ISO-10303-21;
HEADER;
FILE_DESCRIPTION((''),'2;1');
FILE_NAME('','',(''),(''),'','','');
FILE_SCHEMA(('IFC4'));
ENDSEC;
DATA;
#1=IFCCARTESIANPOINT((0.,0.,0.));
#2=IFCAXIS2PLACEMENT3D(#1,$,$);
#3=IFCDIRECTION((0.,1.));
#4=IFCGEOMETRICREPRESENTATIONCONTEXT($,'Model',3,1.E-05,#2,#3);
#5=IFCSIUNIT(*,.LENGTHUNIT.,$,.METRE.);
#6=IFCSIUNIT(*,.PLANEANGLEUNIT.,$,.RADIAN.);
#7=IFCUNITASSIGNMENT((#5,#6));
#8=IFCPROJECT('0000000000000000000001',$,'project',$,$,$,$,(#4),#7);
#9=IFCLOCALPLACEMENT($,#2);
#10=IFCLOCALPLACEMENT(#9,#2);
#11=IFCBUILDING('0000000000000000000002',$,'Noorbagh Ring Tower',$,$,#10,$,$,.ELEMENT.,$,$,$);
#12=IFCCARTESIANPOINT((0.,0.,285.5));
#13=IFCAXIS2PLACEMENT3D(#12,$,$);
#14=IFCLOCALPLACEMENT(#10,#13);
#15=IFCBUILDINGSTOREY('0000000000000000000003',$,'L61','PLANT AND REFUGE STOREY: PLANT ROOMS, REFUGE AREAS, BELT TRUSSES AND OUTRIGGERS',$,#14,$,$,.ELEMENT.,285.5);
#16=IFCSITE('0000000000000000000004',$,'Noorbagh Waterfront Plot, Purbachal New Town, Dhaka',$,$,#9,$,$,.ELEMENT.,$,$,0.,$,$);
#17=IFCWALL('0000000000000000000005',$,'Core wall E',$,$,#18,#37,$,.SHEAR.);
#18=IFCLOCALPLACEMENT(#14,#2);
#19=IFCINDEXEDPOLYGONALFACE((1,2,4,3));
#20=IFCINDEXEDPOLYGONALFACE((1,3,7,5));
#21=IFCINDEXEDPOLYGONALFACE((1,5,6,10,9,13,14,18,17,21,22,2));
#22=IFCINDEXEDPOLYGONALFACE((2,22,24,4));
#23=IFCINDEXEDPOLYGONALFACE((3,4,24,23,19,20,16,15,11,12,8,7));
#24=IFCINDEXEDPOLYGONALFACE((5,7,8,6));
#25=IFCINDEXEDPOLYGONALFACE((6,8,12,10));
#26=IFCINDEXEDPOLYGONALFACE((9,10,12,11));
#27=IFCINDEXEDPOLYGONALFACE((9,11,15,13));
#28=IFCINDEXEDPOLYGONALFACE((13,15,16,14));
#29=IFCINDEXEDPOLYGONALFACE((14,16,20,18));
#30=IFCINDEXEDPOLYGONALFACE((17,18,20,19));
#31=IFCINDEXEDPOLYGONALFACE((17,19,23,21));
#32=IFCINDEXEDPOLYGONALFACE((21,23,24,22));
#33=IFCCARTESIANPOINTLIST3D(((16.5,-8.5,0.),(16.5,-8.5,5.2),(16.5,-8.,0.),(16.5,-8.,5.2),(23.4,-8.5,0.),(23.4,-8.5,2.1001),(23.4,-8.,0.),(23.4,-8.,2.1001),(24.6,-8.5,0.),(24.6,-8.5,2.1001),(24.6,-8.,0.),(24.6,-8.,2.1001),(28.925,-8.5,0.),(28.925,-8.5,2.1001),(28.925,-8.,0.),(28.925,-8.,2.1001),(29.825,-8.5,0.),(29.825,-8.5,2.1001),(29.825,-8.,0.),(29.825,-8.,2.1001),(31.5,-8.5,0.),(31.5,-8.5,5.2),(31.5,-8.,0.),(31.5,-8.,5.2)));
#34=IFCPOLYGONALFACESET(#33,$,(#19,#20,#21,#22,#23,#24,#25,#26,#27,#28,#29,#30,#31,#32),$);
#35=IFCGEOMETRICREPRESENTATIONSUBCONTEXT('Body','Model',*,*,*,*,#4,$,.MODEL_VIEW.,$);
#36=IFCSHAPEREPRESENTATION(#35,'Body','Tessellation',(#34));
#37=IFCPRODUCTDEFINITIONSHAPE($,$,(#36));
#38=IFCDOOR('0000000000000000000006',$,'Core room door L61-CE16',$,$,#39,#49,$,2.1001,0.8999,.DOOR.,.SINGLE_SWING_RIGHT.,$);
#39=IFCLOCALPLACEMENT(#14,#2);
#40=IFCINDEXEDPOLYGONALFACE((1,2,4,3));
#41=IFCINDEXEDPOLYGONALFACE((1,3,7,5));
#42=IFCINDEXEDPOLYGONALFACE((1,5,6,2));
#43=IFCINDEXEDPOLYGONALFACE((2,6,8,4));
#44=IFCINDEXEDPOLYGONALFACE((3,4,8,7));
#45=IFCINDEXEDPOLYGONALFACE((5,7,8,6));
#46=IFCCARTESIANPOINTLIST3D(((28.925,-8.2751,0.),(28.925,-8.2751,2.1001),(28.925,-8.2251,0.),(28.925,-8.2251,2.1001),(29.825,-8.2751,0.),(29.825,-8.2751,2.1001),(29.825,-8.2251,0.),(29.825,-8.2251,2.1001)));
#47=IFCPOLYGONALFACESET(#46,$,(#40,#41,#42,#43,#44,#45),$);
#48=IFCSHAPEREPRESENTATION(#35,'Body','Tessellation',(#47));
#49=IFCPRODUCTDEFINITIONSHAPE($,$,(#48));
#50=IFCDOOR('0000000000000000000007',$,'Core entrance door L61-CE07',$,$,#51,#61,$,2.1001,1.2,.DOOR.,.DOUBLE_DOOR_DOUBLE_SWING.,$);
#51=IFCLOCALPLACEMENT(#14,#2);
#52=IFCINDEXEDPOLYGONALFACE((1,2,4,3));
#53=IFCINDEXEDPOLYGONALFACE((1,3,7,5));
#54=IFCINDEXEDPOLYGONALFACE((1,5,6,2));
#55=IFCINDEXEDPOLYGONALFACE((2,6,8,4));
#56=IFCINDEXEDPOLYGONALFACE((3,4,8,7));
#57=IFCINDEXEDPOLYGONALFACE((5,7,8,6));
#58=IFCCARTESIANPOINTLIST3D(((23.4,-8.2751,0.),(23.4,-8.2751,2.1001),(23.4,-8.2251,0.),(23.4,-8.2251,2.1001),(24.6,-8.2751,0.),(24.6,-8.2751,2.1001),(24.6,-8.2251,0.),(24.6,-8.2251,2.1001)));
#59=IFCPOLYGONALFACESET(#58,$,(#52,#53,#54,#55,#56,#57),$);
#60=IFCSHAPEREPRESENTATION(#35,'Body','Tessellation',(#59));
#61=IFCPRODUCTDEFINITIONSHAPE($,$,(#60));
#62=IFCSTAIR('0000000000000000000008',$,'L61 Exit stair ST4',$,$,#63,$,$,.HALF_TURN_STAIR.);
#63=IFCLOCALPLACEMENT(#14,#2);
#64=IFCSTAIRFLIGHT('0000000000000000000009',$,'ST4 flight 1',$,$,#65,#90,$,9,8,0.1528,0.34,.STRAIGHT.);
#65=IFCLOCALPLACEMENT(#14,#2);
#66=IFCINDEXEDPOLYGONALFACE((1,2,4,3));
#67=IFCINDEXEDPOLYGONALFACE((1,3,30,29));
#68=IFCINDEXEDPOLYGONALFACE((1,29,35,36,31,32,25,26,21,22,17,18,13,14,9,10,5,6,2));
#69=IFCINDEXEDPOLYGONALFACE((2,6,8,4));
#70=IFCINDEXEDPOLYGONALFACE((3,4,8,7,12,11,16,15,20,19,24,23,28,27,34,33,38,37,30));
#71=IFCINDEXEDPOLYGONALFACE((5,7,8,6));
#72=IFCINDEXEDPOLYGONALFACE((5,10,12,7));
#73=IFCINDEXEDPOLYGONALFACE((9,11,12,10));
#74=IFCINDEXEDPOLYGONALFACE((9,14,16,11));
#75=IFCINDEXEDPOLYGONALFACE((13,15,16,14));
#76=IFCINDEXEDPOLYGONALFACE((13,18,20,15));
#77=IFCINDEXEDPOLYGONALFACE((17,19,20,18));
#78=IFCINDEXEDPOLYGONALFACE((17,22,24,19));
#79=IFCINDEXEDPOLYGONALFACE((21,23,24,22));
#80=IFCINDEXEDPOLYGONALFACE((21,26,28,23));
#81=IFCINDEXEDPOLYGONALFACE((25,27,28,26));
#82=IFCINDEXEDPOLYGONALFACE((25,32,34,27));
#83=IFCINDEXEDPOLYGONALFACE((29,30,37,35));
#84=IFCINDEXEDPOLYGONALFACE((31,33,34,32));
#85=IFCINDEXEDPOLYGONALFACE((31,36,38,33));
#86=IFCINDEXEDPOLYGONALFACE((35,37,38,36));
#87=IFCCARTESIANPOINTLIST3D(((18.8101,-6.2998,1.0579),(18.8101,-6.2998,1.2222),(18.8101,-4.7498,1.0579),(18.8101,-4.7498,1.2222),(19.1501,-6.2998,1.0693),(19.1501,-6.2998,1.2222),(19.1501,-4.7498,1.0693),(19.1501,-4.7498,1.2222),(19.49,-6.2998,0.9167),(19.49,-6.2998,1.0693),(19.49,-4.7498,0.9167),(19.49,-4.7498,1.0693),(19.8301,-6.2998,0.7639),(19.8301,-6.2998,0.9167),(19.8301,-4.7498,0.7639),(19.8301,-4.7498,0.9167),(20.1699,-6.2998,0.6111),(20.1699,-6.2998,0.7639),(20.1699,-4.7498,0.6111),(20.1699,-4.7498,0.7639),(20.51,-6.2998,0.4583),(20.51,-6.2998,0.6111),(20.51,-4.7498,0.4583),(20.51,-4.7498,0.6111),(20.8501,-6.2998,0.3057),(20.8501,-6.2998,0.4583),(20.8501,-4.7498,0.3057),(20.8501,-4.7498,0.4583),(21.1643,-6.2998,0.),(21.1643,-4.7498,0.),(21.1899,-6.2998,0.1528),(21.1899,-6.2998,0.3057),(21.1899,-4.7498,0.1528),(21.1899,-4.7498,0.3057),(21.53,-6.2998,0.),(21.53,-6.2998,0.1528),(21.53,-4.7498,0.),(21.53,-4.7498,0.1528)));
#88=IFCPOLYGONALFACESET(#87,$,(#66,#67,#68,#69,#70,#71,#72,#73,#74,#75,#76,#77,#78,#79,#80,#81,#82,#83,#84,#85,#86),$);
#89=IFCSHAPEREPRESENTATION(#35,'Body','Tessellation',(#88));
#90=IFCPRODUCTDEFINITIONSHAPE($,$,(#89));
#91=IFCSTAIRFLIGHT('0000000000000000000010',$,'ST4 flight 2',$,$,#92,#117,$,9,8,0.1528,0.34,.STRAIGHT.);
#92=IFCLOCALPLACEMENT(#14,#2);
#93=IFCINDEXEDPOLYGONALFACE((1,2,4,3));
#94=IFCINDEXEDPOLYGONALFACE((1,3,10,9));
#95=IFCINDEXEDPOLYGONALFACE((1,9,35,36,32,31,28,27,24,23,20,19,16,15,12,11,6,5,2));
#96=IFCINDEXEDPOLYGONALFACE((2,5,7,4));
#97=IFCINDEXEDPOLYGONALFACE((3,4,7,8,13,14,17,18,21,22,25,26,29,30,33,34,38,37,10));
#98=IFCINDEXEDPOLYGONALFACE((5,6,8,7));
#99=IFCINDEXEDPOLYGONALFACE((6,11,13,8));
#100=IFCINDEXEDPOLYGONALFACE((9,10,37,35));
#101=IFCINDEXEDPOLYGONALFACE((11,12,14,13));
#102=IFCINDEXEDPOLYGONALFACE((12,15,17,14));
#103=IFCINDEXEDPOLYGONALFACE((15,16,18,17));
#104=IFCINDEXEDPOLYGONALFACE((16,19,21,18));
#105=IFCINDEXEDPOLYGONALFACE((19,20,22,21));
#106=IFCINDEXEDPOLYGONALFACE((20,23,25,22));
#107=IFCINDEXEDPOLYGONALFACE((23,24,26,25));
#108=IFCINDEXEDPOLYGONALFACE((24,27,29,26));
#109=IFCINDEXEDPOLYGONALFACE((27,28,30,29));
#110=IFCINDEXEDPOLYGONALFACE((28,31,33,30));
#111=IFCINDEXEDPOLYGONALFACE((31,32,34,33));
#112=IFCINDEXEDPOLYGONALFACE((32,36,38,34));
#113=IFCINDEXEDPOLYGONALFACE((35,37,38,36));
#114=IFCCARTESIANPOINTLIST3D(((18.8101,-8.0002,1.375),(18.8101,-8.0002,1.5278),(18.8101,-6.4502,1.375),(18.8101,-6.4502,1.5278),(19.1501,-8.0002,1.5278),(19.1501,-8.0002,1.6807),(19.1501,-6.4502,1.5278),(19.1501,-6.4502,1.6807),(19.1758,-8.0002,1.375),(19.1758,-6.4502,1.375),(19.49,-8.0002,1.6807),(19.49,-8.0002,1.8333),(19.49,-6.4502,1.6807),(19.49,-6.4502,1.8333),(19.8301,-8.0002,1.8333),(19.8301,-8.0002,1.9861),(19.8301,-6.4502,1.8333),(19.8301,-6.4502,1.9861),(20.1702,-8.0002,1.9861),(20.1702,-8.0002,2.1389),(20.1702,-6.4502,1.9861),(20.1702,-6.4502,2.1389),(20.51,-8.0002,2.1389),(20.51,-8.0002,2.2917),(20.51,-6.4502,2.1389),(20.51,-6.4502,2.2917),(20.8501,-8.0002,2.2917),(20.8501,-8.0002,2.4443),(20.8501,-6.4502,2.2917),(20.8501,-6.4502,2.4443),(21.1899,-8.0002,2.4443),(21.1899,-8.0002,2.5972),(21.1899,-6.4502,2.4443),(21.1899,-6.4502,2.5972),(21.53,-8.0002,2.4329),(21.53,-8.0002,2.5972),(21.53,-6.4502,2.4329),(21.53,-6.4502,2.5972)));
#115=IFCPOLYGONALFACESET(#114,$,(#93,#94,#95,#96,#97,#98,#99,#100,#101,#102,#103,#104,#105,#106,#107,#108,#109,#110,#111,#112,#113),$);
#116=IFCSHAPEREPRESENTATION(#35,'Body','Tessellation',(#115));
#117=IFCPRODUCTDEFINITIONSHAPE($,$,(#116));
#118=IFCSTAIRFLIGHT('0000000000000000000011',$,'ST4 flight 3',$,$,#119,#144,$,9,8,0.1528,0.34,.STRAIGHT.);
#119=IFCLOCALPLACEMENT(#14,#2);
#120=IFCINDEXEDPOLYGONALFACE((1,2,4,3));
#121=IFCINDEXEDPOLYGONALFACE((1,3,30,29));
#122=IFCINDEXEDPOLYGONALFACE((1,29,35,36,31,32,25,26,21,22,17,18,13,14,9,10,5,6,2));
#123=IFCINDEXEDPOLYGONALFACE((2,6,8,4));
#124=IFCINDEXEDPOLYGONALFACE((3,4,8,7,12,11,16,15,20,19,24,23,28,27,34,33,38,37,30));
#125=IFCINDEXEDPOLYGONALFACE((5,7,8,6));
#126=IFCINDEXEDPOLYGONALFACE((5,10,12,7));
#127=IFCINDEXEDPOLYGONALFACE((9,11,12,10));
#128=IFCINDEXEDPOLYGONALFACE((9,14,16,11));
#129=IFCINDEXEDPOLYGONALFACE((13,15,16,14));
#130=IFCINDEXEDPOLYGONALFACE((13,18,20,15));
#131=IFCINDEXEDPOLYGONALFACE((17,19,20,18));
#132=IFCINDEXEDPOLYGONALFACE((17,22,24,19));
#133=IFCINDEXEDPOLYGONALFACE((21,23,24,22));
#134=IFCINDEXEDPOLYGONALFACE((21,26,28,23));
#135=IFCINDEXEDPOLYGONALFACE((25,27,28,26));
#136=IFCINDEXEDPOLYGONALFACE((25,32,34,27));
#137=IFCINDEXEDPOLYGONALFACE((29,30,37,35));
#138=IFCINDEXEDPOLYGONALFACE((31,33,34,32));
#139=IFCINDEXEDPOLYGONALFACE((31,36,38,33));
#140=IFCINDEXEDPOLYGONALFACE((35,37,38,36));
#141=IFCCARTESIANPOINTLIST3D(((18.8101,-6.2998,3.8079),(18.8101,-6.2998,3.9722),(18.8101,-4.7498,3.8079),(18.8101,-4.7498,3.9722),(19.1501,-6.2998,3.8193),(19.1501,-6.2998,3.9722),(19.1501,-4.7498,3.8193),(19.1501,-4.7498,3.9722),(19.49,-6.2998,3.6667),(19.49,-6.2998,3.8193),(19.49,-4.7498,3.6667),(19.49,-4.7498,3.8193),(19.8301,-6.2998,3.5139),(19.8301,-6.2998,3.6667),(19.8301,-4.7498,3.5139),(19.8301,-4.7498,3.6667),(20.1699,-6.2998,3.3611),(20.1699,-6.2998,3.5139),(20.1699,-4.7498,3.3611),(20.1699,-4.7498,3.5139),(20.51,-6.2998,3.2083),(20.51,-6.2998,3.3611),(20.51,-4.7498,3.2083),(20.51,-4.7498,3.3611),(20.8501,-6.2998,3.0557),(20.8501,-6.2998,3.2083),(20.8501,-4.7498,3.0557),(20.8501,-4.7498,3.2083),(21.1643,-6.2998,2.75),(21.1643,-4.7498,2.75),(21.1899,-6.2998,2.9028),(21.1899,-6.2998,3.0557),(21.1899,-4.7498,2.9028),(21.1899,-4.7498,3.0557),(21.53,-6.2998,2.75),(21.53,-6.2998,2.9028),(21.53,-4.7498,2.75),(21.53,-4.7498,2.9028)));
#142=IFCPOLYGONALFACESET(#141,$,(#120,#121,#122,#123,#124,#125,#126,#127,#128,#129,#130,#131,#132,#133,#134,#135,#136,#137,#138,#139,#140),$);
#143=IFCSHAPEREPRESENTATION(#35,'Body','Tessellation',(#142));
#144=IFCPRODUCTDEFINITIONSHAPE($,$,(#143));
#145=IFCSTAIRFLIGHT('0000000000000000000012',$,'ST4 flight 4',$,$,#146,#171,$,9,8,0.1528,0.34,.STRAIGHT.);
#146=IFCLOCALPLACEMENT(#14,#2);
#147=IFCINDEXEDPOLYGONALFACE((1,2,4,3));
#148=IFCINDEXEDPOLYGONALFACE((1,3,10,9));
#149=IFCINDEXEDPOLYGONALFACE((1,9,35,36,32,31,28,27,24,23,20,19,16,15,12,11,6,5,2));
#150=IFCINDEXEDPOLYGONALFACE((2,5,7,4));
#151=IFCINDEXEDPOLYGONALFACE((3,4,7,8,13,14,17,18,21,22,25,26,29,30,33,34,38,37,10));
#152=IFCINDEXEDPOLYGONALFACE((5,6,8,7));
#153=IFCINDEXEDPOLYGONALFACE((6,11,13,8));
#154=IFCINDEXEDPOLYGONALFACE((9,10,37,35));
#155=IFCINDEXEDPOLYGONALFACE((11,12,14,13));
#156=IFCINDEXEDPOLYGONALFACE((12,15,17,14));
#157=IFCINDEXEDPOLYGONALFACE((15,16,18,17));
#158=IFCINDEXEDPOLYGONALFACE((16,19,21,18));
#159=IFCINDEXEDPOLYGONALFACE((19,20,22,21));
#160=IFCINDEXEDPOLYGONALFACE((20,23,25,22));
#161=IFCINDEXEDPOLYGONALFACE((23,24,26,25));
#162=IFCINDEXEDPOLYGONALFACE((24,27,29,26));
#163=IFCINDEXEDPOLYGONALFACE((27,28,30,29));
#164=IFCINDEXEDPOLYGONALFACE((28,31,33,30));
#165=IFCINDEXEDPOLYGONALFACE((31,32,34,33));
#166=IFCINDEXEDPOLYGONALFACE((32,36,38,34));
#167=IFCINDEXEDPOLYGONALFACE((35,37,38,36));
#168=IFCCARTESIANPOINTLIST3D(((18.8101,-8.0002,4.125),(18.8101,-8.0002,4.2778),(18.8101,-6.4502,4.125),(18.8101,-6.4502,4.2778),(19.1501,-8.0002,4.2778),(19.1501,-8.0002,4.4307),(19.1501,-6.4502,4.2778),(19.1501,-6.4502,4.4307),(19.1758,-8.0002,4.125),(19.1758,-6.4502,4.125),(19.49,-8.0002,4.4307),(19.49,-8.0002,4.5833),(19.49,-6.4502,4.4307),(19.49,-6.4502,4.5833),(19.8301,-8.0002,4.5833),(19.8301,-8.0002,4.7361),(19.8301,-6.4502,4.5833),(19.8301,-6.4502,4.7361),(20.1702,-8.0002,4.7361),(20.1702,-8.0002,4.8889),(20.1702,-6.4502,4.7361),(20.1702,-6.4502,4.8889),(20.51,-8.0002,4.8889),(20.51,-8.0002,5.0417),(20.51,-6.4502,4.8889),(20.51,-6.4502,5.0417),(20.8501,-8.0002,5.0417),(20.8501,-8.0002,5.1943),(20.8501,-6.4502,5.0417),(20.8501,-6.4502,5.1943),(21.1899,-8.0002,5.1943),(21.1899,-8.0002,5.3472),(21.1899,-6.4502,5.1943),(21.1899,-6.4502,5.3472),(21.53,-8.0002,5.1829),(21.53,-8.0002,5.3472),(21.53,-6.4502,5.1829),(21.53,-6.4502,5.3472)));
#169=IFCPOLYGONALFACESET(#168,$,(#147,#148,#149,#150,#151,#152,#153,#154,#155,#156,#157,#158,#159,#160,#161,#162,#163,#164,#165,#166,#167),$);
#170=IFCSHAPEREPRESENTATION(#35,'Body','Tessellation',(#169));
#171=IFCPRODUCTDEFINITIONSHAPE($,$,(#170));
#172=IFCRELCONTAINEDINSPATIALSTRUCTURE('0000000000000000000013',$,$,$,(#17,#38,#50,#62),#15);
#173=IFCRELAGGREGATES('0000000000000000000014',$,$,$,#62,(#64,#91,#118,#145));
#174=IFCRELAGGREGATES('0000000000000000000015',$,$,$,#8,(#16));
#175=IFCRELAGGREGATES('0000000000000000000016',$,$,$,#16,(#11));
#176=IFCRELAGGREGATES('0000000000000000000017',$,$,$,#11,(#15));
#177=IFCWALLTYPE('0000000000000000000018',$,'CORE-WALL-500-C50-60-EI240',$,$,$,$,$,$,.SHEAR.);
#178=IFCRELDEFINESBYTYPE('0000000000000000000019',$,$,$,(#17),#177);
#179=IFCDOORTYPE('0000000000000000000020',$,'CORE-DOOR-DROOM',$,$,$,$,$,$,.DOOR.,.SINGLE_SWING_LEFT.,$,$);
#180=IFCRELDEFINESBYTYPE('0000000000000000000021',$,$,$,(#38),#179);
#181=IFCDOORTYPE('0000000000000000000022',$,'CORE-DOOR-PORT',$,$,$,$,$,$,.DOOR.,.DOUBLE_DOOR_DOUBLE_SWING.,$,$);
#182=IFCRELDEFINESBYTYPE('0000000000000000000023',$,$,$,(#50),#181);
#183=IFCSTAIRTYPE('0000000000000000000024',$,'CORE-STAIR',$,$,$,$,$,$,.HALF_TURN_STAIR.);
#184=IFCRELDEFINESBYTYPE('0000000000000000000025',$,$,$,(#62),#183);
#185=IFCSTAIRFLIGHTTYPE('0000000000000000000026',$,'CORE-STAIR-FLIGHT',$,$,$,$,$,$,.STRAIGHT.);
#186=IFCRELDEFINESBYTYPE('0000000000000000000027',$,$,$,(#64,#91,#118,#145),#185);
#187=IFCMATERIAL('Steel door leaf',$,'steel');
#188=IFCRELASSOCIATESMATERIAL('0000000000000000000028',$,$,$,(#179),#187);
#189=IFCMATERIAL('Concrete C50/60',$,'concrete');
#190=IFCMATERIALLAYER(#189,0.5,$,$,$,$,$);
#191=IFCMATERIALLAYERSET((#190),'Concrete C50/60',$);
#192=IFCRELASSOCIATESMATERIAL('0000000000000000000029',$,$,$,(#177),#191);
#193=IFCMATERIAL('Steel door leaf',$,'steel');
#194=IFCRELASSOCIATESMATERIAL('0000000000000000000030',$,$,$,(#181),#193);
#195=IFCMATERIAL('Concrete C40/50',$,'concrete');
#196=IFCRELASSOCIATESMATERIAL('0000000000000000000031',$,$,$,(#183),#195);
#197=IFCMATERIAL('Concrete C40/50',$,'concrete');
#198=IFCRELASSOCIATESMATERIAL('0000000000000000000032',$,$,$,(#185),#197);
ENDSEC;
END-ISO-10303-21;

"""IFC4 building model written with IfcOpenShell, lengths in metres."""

from ifc_helpers import new_model, si_unit, direction, frame, frame_2d, origin, place, context, subcontext, project, spatial, polyline, rectangle, outline, extrude, material, layer, layer_set, type_object, element, fill, aggregate, save


model = new_model("IFC4")

# Units and contexts
model_context = context("Model", 3, precision=1e-05, world=origin(), true_north=direction((0.0, 1.0)))
body_context = subcontext(model_context, "Body", "Model", "MODEL_VIEW")
ifc_project = project(units=[si_unit("LENGTHUNIT", "METRE"), si_unit("PLANEANGLEUNIT", "RADIAN")], contexts=[model_context])

# Site, building, storey
site_placement = place(None, origin())
site = spatial("IfcSite", under=ifc_project, at=site_placement, Name="Noorbagh Waterfront Plot, Purbachal New Town, Dhaka", CompositionType="ELEMENT", RefElevation=0.0)
building_placement = place(site_placement, origin())
building = spatial("IfcBuilding", under=site, at=building_placement, Name="Noorbagh Ring Tower", CompositionType="ELEMENT")
storey_placement = place(building_placement, frame((0.0, 0.0, 285.5)))
storey = spatial("IfcBuildingStorey", under=building, at=storey_placement, Name="L61", Description="PLANT AND REFUGE STOREY: PLANT ROOMS, REFUGE AREAS, BELT TRUSSES AND OUTRIGGERS", CompositionType="ELEMENT", Elevation=285.5)

# Shared definitions
ifc_material_1 = material(Name="Steel door leaf", Category="steel")
door_type_1 = type_object("IfcDoorType", Name="CORE-DOOR-DROOM", OperationType="SINGLE_SWING_LEFT", PredefinedType="DOOR", material=ifc_material_1)

# Wall, openings, doors
ifc_material_2 = material(Name="Concrete C50/60", Category="concrete")
ifc_layer_1 = layer(ifc_material_2, 0.5)
ifc_layer_set_1 = layer_set([ifc_layer_1], Name="Concrete C50/60")
wall_type_1 = type_object("IfcWallType", Name="CORE-WALL-500-C50-60-EI240", PredefinedType="SHEAR", material=ifc_layer_set_1)
wall_1_placement = place(storey_placement, frame((16.5, -8.25, 0.0), z_axis=(0.0, 0.0, 1.0), x_axis=(1.0, 0.0, 0.0)))
wall_1 = element("IfcWall", 1, at=wall_1_placement, inside=storey, type_object=wall_type_1, Name="Core wall E", PredefinedType="SHEAR", context=body_context, shape_type="SweptSolid", body=[
    extrude(rectangle(XDim=15.0, YDim=0.5, at=frame_2d((7.5, 0.0))), origin(), (0.0, 0.0, 1.0), 5.2),
])
opening_1_placement = place(wall_1_placement, frame((6.8999, 0.0, 0.0)))
opening_1 = element("IfcOpeningElement", 2, at=opening_1_placement, cuts=wall_1, PredefinedType="OPENING", context=body_context, shape_type="SweptSolid", body=[
    extrude(rectangle(XDim=1.2, YDim=2.1001, at=frame_2d((0.6001, 1.05))), frame((0.0, 0.26, 0.0), z_axis=(0.0, -1.0, 0.0), x_axis=(1.0, 0.0, 0.0)), (0.0, 0.0, 1.0), 0.52),
])
opening_2_placement = place(wall_1_placement, frame((12.425, 0.0, 0.0)))
opening_2 = element("IfcOpeningElement", 3, at=opening_2_placement, cuts=wall_1, PredefinedType="OPENING", context=body_context, shape_type="SweptSolid", body=[
    extrude(rectangle(XDim=0.8999, YDim=2.1001, at=frame_2d((0.45, 1.05))), frame((0.0, 0.26, 0.0), z_axis=(0.0, -1.0, 0.0), x_axis=(1.0, 0.0, 0.0)), (0.0, 0.0, 1.0), 0.52),
])
door_1_placement = place(opening_2_placement, origin())
door_1 = element("IfcDoor", 4, at=door_1_placement, inside=storey, type_object=door_type_1, Name="Core room door L61-CE16", OperationType="SINGLE_SWING_RIGHT", OverallHeight=2.1001, OverallWidth=0.8999, PredefinedType="DOOR", context=body_context, shape_type="SweptSolid", body=[
    extrude(rectangle(XDim=0.8999, YDim=2.1001, at=frame_2d((0.45, 1.05))), frame((0.0, 0.0249, 0.0), z_axis=(0.0, -1.0, 0.0), x_axis=(1.0, 0.0, 0.0)), (0.0, 0.0, 1.0), 0.05),
])
fill(opening_2, door_1)
ifc_material_3 = material(Name="Steel door leaf", Category="steel")
door_type_2 = type_object("IfcDoorType", Name="CORE-DOOR-PORT", OperationType="DOUBLE_DOOR_DOUBLE_SWING", PredefinedType="DOOR", material=ifc_material_3)
door_2_placement = place(opening_1_placement, origin())
door_2 = element("IfcDoor", 5, at=door_2_placement, inside=storey, type_object=door_type_2, Name="Core entrance door L61-CE07", OperationType="DOUBLE_DOOR_DOUBLE_SWING", OverallHeight=2.1001, OverallWidth=1.2, PredefinedType="DOOR", context=body_context, shape_type="SweptSolid", body=[
    extrude(rectangle(XDim=1.2, YDim=2.1001, at=frame_2d((0.6001, 1.05))), frame((0.0, 0.0249, 0.0), z_axis=(0.0, -1.0, 0.0), x_axis=(1.0, 0.0, 0.0)), (0.0, 0.0, 1.0), 0.05),
])
fill(opening_1, door_2)

# Stair, stair flights
ifc_material_4 = material(Name="Concrete C40/50", Category="concrete")
stair_type = type_object("IfcStairType", Name="CORE-STAIR", PredefinedType="HALF_TURN_STAIR", material=ifc_material_4)
stair_placement = place(storey_placement, origin())
stair = element("IfcStair", 6, at=stair_placement, inside=storey, type_object=stair_type, Name="L61 Exit stair ST4", PredefinedType="HALF_TURN_STAIR")
ifc_material_5 = material(Name="Concrete C40/50", Category="concrete")
stair_flight_type = type_object("IfcStairFlightType", Name="CORE-STAIR-FLIGHT", PredefinedType="STRAIGHT", material=ifc_material_5)
stair_flight_1_placement = place(storey_placement, frame((21.53, -5.5249, 0.0), z_axis=(0.0, 0.0, 1.0), x_axis=(-1.0, 0.0, 0.0)))
stair_flight_1 = element("IfcStairFlight", 7, at=stair_flight_1_placement, type_object=stair_flight_type, Name="ST4 flight 1", NumberOfRisers=9, NumberOfTreads=8, PredefinedType="STRAIGHT", RiserHeight=0.1528, TreadLength=0.34, context=body_context, shape_type="SweptSolid", body=[
    extrude(outline(polyline([(0.0, 0.0), (0.0, 0.1528), (0.3401, 0.1528), (0.3401, 0.3057), (0.6799, 0.3057), (0.6799, 0.4583), (1.02, 0.4583), (1.02, 0.6111), (1.3601, 0.6111), (1.3601, 0.7639), (1.7, 0.7639), (1.7, 0.9167), (2.04, 0.9167), (2.04, 1.0693), (2.3799, 1.0693), (2.3799, 1.2222), (2.72, 1.2222), (2.72, 1.375), (2.72, 1.0579), (0.3657, 0.0), (0.0, 0.0)])), frame((0.0, 0.7749, 0.0), z_axis=(0.0, -1.0, 0.0), x_axis=(1.0, 0.0, 0.0)), (0.0, 0.0, 1.0), 1.55),
])
stair_flight_2_placement = place(storey_placement, frame((18.8101, -7.2251, 1.375), z_axis=(0.0, 0.0, 1.0), x_axis=(1.0, 0.0, 0.0)))
stair_flight_2 = element("IfcStairFlight", 8, at=stair_flight_2_placement, type_object=stair_flight_type, Name="ST4 flight 2", NumberOfRisers=9, NumberOfTreads=8, PredefinedType="STRAIGHT", RiserHeight=0.1528, TreadLength=0.34, context=body_context, shape_type="SweptSolid", body=[
    extrude(outline(polyline([(0.0, 0.0), (0.0, 0.1528), (0.3401, 0.1528), (0.3401, 0.3057), (0.6799, 0.3057), (0.6799, 0.4583), (1.02, 0.4583), (1.02, 0.6111), (1.3601, 0.6111), (1.3601, 0.7639), (1.7, 0.7639), (1.7, 0.9167), (2.04, 0.9167), (2.04, 1.0693), (2.3799, 1.0693), (2.3799, 1.2222), (2.72, 1.2222), (2.72, 1.375), (2.72, 1.0579), (0.3657, 0.0), (0.0, 0.0)])), frame((0.0, 0.7749, 0.0), z_axis=(0.0, -1.0, 0.0), x_axis=(1.0, 0.0, 0.0)), (0.0, 0.0, 1.0), 1.55),
])
stair_flight_3_placement = place(storey_placement, frame((21.53, -5.5249, 2.75), z_axis=(0.0, 0.0, 1.0), x_axis=(-1.0, 0.0, 0.0)))
stair_flight_3 = element("IfcStairFlight", 9, at=stair_flight_3_placement, type_object=stair_flight_type, Name="ST4 flight 3", NumberOfRisers=9, NumberOfTreads=8, PredefinedType="STRAIGHT", RiserHeight=0.1528, TreadLength=0.34, context=body_context, shape_type="SweptSolid", body=[
    extrude(outline(polyline([(0.0, 0.0), (0.0, 0.1528), (0.3401, 0.1528), (0.3401, 0.3057), (0.6799, 0.3057), (0.6799, 0.4583), (1.02, 0.4583), (1.02, 0.6111), (1.3601, 0.6111), (1.3601, 0.7639), (1.7, 0.7639), (1.7, 0.9167), (2.04, 0.9167), (2.04, 1.0693), (2.3799, 1.0693), (2.3799, 1.2222), (2.72, 1.2222), (2.72, 1.375), (2.72, 1.0579), (0.3657, 0.0), (0.0, 0.0)])), frame((0.0, 0.7749, 0.0), z_axis=(0.0, -1.0, 0.0), x_axis=(1.0, 0.0, 0.0)), (0.0, 0.0, 1.0), 1.55),
])
stair_flight_4_placement = place(storey_placement, frame((18.8101, -7.2251, 4.125), z_axis=(0.0, 0.0, 1.0), x_axis=(1.0, 0.0, 0.0)))
stair_flight_4 = element("IfcStairFlight", 10, at=stair_flight_4_placement, type_object=stair_flight_type, Name="ST4 flight 4", NumberOfRisers=9, NumberOfTreads=8, PredefinedType="STRAIGHT", RiserHeight=0.1528, TreadLength=0.34, context=body_context, shape_type="SweptSolid", body=[
    extrude(outline(polyline([(0.0, 0.0), (0.0, 0.1528), (0.3401, 0.1528), (0.3401, 0.3057), (0.6799, 0.3057), (0.6799, 0.4583), (1.02, 0.4583), (1.02, 0.6111), (1.3601, 0.6111), (1.3601, 0.7639), (1.7, 0.7639), (1.7, 0.9167), (2.04, 0.9167), (2.04, 1.0693), (2.3799, 1.0693), (2.3799, 1.2222), (2.72, 1.2222), (2.72, 1.375), (2.72, 1.0579), (0.3657, 0.0), (0.0, 0.0)])), frame((0.0, 0.7749, 0.0), z_axis=(0.0, -1.0, 0.0), x_axis=(1.0, 0.0, 0.0)), (0.0, 0.0, 1.0), 1.55),
])
aggregate(stair, [stair_flight_1, stair_flight_2, stair_flight_3, stair_flight_4])

save(model, "model.ifc")
